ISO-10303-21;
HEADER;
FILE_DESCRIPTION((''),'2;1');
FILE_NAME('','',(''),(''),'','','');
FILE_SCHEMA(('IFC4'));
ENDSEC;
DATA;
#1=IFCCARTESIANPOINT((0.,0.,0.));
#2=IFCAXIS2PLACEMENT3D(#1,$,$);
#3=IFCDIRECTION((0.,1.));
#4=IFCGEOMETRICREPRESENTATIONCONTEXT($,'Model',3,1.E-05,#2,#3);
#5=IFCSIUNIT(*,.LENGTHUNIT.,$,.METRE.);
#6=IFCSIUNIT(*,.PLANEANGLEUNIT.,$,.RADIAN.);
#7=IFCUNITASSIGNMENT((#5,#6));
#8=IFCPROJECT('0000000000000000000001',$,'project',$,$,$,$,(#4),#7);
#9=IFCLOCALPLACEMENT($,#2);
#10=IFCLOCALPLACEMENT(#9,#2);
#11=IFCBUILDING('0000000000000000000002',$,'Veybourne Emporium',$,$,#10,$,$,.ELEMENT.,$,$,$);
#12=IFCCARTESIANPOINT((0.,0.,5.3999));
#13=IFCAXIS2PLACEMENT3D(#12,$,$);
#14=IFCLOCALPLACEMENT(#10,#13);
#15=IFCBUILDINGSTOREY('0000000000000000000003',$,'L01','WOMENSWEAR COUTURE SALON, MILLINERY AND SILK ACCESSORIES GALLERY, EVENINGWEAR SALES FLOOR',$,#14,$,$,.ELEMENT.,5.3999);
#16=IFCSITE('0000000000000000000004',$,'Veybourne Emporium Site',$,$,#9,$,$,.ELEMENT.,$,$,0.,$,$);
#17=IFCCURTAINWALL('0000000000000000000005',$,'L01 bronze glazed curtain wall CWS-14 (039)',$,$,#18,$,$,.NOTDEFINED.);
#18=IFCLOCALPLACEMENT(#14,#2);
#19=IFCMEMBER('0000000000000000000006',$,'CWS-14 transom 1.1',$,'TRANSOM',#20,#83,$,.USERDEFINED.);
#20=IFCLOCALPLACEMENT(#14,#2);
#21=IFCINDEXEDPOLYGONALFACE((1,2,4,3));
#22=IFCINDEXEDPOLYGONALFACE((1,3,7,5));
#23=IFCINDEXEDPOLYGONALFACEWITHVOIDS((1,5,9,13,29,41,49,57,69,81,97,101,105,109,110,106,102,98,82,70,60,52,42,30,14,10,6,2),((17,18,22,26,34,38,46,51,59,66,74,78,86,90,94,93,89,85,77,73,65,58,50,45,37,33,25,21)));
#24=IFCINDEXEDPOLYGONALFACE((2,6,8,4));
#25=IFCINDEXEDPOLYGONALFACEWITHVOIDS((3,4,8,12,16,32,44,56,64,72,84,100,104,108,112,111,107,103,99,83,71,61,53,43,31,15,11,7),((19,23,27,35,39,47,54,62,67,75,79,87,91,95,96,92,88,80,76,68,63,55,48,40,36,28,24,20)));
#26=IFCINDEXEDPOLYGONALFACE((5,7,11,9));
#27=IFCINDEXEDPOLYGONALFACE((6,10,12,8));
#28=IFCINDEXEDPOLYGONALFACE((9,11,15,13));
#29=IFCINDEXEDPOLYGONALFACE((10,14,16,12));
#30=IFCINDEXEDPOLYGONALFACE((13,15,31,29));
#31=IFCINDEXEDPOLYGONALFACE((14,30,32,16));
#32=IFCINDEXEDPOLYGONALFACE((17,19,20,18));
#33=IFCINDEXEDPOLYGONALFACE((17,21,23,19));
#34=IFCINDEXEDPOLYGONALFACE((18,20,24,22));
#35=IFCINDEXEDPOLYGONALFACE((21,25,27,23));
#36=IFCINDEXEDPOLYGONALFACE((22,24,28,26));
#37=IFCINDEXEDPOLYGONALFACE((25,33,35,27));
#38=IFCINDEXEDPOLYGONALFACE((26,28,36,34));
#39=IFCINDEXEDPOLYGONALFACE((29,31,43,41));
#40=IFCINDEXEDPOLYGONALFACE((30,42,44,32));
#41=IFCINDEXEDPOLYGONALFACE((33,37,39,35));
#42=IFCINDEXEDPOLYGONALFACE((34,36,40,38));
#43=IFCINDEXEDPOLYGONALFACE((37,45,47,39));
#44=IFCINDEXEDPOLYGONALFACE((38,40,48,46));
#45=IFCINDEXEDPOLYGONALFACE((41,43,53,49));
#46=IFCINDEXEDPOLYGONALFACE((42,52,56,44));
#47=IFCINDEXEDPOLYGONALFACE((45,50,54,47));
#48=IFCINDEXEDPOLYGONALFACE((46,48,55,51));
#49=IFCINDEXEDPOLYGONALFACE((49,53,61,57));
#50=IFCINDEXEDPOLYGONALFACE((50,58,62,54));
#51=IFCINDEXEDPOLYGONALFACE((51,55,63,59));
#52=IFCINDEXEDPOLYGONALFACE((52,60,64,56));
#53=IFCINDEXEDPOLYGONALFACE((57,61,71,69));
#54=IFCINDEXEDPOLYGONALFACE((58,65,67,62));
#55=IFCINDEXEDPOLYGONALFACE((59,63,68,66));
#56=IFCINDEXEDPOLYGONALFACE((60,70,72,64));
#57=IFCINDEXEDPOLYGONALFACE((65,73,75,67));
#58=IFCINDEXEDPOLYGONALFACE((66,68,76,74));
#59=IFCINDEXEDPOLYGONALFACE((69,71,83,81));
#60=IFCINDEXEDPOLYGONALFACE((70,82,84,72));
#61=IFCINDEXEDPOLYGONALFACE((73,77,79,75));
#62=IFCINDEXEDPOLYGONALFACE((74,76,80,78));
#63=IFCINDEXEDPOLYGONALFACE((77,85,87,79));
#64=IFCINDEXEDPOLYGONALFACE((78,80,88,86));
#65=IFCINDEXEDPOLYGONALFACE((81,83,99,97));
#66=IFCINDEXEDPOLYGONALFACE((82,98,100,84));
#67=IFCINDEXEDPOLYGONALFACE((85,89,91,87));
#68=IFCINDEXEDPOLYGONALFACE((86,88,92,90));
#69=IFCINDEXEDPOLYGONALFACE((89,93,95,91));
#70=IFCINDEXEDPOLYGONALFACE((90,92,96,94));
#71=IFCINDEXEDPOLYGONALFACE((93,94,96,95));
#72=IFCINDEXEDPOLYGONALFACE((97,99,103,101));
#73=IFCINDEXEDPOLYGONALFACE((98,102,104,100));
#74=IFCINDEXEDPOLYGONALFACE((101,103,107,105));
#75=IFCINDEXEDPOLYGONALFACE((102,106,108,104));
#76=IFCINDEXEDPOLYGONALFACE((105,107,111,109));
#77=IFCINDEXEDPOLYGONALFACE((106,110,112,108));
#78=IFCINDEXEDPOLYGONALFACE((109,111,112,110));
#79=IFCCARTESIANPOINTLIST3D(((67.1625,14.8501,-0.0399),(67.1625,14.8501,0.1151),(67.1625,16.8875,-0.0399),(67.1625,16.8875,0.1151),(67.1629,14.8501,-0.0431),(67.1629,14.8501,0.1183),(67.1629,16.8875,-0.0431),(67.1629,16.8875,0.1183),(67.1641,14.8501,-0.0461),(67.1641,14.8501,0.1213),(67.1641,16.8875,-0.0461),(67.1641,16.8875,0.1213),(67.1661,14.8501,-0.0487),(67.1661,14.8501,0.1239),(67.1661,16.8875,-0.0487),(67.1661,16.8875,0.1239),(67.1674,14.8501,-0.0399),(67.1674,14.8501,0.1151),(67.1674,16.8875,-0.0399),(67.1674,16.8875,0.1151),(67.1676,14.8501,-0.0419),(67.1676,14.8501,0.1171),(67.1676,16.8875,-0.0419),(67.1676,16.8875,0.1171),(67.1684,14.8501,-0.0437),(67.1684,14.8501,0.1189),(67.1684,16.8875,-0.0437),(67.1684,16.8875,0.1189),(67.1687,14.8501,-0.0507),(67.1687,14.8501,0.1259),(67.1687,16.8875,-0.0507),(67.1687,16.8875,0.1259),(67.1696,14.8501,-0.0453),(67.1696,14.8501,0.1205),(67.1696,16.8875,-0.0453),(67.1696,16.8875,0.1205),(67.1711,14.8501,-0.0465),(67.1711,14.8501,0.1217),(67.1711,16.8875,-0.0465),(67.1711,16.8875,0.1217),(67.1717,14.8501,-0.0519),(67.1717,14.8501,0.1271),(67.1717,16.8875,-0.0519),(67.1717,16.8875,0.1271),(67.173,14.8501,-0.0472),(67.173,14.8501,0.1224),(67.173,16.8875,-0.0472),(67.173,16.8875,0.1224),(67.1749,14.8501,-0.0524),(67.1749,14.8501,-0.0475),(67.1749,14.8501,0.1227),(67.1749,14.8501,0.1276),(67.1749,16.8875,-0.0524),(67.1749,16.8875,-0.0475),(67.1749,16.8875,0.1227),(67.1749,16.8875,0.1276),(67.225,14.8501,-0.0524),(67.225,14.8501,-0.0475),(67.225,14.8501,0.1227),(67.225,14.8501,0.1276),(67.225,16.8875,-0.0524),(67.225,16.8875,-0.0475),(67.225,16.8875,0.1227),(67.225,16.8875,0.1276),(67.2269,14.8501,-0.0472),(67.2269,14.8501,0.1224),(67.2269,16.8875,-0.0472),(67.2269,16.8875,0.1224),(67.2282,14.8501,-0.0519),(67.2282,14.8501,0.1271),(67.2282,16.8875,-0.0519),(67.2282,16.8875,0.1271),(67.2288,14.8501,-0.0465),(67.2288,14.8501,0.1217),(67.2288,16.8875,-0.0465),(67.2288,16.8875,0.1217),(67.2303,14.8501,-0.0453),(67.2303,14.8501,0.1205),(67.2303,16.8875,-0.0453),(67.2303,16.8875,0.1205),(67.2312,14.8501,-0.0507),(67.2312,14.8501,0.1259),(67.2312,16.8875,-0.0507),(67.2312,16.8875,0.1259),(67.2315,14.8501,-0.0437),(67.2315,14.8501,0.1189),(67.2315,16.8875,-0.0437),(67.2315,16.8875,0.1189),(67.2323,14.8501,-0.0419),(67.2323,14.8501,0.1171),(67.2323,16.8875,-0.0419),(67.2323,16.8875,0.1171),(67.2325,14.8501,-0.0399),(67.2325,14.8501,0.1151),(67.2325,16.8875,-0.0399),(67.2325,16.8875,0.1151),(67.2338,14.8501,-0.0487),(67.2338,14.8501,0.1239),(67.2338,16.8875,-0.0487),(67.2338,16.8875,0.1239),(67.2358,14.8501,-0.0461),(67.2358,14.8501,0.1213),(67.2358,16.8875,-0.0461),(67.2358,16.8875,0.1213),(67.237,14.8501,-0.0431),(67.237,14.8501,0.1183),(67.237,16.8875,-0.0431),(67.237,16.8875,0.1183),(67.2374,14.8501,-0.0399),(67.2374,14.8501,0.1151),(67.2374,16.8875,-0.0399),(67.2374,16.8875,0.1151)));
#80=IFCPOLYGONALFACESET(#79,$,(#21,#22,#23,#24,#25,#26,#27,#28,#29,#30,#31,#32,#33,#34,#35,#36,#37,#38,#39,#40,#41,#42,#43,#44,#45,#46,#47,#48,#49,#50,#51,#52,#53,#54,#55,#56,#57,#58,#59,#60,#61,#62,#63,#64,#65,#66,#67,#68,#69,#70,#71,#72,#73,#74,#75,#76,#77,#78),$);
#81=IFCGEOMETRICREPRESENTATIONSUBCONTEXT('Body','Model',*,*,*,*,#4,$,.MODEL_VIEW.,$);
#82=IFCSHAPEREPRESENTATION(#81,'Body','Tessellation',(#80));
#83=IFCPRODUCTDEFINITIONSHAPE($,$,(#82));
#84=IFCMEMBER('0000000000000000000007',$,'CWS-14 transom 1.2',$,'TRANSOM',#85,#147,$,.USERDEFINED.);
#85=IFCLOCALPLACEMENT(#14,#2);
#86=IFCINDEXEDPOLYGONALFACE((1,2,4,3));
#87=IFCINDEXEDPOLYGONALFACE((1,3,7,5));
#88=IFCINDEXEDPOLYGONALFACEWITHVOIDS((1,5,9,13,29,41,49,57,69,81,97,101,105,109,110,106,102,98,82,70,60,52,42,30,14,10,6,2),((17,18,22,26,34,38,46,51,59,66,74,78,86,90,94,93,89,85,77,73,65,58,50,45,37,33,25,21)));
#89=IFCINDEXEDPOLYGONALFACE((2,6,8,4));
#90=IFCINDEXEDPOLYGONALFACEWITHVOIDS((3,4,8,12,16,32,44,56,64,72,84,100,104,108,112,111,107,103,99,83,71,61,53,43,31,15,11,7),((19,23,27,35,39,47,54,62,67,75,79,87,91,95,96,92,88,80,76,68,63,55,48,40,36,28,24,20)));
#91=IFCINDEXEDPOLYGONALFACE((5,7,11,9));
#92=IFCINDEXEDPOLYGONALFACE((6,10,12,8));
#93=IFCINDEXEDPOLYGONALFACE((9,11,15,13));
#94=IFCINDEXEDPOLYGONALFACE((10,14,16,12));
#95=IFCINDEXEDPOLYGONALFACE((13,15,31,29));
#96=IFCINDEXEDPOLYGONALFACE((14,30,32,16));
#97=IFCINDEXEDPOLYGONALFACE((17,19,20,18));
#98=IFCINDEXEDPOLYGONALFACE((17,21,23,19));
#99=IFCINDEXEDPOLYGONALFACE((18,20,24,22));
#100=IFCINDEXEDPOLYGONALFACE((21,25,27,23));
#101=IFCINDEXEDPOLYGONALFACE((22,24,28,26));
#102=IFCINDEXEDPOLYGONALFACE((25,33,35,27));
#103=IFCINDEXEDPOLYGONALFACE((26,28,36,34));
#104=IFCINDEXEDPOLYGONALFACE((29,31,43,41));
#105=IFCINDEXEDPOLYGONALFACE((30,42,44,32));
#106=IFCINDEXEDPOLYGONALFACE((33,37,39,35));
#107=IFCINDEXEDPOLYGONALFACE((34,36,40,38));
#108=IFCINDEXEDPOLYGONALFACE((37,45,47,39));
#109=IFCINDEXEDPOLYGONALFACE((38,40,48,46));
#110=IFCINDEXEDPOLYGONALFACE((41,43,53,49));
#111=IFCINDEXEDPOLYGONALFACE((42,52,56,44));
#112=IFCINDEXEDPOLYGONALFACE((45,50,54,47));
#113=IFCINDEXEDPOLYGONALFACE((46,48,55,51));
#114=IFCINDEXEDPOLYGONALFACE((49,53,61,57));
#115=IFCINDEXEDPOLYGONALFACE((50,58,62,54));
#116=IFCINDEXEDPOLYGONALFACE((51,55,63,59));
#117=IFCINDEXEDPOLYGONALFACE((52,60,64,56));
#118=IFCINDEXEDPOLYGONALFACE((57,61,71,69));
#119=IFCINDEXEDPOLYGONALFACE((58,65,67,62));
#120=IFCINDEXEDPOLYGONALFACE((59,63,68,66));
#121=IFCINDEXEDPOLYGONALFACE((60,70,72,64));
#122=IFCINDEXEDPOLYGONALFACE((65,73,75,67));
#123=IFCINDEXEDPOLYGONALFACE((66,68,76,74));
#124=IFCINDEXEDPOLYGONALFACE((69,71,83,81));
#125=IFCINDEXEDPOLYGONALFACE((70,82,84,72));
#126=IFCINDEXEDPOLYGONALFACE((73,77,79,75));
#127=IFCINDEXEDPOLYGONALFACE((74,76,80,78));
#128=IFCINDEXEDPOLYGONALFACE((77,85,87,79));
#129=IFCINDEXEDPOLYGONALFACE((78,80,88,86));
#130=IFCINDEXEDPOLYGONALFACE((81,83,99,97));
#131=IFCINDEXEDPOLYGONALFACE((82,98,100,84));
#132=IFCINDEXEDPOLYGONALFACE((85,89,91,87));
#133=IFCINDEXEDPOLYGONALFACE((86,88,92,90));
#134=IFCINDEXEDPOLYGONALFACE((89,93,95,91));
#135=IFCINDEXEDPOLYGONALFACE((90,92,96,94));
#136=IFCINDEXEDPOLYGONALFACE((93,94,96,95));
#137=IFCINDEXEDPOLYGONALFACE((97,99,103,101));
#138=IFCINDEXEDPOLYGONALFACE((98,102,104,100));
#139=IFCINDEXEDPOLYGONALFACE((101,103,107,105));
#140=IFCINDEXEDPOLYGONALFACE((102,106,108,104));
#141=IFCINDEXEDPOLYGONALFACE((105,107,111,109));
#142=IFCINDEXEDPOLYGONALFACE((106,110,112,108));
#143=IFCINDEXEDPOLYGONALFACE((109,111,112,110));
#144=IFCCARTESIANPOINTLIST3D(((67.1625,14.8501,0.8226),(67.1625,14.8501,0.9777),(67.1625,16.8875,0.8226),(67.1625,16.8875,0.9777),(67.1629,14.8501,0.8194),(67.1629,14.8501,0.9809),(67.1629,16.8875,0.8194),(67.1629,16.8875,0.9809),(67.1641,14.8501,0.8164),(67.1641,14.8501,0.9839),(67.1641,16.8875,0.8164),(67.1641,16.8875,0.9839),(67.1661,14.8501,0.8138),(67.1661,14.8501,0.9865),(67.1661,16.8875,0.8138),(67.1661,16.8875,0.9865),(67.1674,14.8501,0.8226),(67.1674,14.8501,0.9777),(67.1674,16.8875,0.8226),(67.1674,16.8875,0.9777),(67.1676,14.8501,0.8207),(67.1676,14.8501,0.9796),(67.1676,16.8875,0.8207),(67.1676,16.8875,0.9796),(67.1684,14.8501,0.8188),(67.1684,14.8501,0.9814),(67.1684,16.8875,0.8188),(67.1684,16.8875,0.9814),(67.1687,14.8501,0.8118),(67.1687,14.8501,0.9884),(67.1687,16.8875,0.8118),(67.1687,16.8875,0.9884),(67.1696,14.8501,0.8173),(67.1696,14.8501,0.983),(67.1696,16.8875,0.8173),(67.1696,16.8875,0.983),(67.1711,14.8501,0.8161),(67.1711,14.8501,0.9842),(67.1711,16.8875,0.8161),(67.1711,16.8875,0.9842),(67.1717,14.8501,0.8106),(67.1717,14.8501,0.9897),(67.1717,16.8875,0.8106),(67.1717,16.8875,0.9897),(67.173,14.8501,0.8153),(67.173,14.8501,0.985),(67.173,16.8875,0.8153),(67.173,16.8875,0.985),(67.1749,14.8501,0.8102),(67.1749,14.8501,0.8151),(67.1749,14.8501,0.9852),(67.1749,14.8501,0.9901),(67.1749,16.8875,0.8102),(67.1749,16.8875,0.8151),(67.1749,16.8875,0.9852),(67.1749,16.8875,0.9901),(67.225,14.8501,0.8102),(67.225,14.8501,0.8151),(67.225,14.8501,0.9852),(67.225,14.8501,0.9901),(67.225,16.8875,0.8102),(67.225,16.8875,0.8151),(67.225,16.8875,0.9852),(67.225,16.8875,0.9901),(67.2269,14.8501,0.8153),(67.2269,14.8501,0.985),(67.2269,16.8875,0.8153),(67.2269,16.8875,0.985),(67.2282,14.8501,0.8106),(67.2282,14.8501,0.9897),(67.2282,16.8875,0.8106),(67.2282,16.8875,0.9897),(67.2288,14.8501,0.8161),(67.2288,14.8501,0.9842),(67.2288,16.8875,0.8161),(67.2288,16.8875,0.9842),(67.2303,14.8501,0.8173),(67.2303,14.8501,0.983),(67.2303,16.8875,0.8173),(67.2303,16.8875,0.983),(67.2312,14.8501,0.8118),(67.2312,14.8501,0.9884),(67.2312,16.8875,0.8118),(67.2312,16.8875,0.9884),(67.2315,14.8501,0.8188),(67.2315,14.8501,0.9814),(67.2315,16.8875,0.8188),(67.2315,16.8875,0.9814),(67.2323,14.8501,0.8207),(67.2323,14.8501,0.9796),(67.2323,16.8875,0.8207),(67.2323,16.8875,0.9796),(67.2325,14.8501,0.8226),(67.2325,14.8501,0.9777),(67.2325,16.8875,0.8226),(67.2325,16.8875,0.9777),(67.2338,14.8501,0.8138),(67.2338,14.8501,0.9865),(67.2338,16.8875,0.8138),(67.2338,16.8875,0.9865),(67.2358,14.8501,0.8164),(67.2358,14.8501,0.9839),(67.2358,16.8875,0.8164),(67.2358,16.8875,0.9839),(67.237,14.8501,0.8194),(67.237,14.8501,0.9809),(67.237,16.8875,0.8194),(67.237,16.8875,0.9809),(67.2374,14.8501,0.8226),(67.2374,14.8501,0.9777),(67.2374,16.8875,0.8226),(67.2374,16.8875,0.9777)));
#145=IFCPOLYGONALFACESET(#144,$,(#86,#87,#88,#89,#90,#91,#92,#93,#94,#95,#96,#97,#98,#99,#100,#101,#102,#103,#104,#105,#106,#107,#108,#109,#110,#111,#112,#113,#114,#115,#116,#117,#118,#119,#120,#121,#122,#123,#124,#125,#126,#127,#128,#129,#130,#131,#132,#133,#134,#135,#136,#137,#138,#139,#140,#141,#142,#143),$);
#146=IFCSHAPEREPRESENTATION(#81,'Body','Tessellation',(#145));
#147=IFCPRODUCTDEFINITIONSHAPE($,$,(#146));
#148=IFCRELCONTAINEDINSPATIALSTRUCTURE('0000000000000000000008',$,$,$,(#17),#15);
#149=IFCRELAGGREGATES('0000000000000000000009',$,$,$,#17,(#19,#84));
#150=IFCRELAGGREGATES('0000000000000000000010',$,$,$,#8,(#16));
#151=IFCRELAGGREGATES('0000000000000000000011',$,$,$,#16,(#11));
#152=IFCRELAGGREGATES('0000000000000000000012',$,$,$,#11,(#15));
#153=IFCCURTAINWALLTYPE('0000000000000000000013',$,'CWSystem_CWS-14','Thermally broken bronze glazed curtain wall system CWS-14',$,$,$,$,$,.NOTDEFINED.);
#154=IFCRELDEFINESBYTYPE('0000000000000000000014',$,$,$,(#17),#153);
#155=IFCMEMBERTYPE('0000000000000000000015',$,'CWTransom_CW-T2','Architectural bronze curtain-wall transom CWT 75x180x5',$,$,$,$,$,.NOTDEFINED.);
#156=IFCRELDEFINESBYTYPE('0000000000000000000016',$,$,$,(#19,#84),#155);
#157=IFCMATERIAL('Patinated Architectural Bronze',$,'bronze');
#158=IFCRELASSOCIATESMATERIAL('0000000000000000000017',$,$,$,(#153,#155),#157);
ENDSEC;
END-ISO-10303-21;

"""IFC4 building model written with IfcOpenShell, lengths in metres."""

from ifc_helpers import new_model, si_unit, direction, frame, origin, origin_2d, place, context, subcontext, project, spatial, hollow_rectangle, extrude, material, material_profile, profile_set, type_object, element, aggregate, save


model = new_model("IFC4")

# Units and contexts
model_context = context("Model", 3, precision=1e-05, world=origin(), true_north=direction((0.0, 1.0)))
body_context = subcontext(model_context, "Body", "Model", "MODEL_VIEW")
ifc_project = project(units=[si_unit("LENGTHUNIT", "METRE"), si_unit("PLANEANGLEUNIT", "RADIAN")], contexts=[model_context])

# Site, building, storey
site_placement = place(None, origin())
site = spatial("IfcSite", under=ifc_project, at=site_placement, Name="Veybourne Emporium Site", CompositionType="ELEMENT", RefElevation=0.0)
building_placement = place(site_placement, origin())
building = spatial("IfcBuilding", under=site, at=building_placement, Name="Veybourne Emporium", CompositionType="ELEMENT")
storey_placement = place(building_placement, frame((0.0, 0.0, 5.3999)))
storey = spatial("IfcBuildingStorey", under=building, at=storey_placement, Name="L01", Description="WOMENSWEAR COUTURE SALON, MILLINERY AND SILK ACCESSORIES GALLERY, EVENINGWEAR SALES FLOOR", CompositionType="ELEMENT", Elevation=5.3999)

# Curtain wall, members
ifc_material_1 = material(Name="Patinated Architectural Bronze", Category="bronze")
curtain_wall_type_1 = type_object("IfcCurtainWallType", Name="CWSystem_CWS-14", Description="Thermally broken bronze glazed curtain wall system CWS-14", PredefinedType="NOTDEFINED", material=ifc_material_1)
curtain_wall_1_placement = place(storey_placement, origin())
curtain_wall_1 = element("IfcCurtainWall", 1, at=curtain_wall_1_placement, inside=storey, type_object=curtain_wall_type_1, Name="L01 bronze glazed curtain wall CWS-14 (039)", PredefinedType="NOTDEFINED")
ifc_material_profile_1 = material_profile(ifc_material_1, hollow_rectangle(XDim=0.075, YDim=0.1799, WallThickness=0.0049, InnerFilletRadius=0.0076, OuterFilletRadius=0.0125, at=origin_2d()), Name="CWT 75x180x5")
ifc_profile_set_1 = profile_set([ifc_material_profile_1], Name="Patinated Architectural Bronze")
member_type_1 = type_object("IfcMemberType", Name="CWTransom_CW-T2", Description="Architectural bronze curtain-wall transom CWT 75x180x5", PredefinedType="NOTDEFINED", material=ifc_profile_set_1)
member_1_placement = place(storey_placement, frame((67.2, 14.8501, 0.0376), z_axis=(0.0, 1.0, 0.0), x_axis=(-1.0, 0.0, 0.0)))
member_1 = element("IfcMember", 2, at=member_1_placement, type_object=member_type_1, Name="CWS-14 transom 1.1", ObjectType="TRANSOM", PredefinedType="USERDEFINED", context=body_context, shape_type="SweptSolid", body=[
    extrude(hollow_rectangle(XDim=0.075, YDim=0.1799, WallThickness=0.0049, InnerFilletRadius=0.0076, OuterFilletRadius=0.0125, at=origin_2d()), origin(), (0.0, 0.0, 1.0), 2.0374),
])
member_2_placement = place(storey_placement, frame((67.2, 14.8501, 0.9001), z_axis=(0.0, 1.0, 0.0), x_axis=(-1.0, 0.0, 0.0)))
member_2 = element("IfcMember", 3, at=member_2_placement, type_object=member_type_1, Name="CWS-14 transom 1.2", ObjectType="TRANSOM", PredefinedType="USERDEFINED", context=body_context, shape_type="SweptSolid", body=[
    extrude(hollow_rectangle(XDim=0.075, YDim=0.1799, WallThickness=0.0049, InnerFilletRadius=0.0076, OuterFilletRadius=0.0125, at=origin_2d()), origin(), (0.0, 0.0, 1.0), 2.0374),
])

aggregate(curtain_wall_1, [member_1, member_2])

save(model, "model.ifc")
